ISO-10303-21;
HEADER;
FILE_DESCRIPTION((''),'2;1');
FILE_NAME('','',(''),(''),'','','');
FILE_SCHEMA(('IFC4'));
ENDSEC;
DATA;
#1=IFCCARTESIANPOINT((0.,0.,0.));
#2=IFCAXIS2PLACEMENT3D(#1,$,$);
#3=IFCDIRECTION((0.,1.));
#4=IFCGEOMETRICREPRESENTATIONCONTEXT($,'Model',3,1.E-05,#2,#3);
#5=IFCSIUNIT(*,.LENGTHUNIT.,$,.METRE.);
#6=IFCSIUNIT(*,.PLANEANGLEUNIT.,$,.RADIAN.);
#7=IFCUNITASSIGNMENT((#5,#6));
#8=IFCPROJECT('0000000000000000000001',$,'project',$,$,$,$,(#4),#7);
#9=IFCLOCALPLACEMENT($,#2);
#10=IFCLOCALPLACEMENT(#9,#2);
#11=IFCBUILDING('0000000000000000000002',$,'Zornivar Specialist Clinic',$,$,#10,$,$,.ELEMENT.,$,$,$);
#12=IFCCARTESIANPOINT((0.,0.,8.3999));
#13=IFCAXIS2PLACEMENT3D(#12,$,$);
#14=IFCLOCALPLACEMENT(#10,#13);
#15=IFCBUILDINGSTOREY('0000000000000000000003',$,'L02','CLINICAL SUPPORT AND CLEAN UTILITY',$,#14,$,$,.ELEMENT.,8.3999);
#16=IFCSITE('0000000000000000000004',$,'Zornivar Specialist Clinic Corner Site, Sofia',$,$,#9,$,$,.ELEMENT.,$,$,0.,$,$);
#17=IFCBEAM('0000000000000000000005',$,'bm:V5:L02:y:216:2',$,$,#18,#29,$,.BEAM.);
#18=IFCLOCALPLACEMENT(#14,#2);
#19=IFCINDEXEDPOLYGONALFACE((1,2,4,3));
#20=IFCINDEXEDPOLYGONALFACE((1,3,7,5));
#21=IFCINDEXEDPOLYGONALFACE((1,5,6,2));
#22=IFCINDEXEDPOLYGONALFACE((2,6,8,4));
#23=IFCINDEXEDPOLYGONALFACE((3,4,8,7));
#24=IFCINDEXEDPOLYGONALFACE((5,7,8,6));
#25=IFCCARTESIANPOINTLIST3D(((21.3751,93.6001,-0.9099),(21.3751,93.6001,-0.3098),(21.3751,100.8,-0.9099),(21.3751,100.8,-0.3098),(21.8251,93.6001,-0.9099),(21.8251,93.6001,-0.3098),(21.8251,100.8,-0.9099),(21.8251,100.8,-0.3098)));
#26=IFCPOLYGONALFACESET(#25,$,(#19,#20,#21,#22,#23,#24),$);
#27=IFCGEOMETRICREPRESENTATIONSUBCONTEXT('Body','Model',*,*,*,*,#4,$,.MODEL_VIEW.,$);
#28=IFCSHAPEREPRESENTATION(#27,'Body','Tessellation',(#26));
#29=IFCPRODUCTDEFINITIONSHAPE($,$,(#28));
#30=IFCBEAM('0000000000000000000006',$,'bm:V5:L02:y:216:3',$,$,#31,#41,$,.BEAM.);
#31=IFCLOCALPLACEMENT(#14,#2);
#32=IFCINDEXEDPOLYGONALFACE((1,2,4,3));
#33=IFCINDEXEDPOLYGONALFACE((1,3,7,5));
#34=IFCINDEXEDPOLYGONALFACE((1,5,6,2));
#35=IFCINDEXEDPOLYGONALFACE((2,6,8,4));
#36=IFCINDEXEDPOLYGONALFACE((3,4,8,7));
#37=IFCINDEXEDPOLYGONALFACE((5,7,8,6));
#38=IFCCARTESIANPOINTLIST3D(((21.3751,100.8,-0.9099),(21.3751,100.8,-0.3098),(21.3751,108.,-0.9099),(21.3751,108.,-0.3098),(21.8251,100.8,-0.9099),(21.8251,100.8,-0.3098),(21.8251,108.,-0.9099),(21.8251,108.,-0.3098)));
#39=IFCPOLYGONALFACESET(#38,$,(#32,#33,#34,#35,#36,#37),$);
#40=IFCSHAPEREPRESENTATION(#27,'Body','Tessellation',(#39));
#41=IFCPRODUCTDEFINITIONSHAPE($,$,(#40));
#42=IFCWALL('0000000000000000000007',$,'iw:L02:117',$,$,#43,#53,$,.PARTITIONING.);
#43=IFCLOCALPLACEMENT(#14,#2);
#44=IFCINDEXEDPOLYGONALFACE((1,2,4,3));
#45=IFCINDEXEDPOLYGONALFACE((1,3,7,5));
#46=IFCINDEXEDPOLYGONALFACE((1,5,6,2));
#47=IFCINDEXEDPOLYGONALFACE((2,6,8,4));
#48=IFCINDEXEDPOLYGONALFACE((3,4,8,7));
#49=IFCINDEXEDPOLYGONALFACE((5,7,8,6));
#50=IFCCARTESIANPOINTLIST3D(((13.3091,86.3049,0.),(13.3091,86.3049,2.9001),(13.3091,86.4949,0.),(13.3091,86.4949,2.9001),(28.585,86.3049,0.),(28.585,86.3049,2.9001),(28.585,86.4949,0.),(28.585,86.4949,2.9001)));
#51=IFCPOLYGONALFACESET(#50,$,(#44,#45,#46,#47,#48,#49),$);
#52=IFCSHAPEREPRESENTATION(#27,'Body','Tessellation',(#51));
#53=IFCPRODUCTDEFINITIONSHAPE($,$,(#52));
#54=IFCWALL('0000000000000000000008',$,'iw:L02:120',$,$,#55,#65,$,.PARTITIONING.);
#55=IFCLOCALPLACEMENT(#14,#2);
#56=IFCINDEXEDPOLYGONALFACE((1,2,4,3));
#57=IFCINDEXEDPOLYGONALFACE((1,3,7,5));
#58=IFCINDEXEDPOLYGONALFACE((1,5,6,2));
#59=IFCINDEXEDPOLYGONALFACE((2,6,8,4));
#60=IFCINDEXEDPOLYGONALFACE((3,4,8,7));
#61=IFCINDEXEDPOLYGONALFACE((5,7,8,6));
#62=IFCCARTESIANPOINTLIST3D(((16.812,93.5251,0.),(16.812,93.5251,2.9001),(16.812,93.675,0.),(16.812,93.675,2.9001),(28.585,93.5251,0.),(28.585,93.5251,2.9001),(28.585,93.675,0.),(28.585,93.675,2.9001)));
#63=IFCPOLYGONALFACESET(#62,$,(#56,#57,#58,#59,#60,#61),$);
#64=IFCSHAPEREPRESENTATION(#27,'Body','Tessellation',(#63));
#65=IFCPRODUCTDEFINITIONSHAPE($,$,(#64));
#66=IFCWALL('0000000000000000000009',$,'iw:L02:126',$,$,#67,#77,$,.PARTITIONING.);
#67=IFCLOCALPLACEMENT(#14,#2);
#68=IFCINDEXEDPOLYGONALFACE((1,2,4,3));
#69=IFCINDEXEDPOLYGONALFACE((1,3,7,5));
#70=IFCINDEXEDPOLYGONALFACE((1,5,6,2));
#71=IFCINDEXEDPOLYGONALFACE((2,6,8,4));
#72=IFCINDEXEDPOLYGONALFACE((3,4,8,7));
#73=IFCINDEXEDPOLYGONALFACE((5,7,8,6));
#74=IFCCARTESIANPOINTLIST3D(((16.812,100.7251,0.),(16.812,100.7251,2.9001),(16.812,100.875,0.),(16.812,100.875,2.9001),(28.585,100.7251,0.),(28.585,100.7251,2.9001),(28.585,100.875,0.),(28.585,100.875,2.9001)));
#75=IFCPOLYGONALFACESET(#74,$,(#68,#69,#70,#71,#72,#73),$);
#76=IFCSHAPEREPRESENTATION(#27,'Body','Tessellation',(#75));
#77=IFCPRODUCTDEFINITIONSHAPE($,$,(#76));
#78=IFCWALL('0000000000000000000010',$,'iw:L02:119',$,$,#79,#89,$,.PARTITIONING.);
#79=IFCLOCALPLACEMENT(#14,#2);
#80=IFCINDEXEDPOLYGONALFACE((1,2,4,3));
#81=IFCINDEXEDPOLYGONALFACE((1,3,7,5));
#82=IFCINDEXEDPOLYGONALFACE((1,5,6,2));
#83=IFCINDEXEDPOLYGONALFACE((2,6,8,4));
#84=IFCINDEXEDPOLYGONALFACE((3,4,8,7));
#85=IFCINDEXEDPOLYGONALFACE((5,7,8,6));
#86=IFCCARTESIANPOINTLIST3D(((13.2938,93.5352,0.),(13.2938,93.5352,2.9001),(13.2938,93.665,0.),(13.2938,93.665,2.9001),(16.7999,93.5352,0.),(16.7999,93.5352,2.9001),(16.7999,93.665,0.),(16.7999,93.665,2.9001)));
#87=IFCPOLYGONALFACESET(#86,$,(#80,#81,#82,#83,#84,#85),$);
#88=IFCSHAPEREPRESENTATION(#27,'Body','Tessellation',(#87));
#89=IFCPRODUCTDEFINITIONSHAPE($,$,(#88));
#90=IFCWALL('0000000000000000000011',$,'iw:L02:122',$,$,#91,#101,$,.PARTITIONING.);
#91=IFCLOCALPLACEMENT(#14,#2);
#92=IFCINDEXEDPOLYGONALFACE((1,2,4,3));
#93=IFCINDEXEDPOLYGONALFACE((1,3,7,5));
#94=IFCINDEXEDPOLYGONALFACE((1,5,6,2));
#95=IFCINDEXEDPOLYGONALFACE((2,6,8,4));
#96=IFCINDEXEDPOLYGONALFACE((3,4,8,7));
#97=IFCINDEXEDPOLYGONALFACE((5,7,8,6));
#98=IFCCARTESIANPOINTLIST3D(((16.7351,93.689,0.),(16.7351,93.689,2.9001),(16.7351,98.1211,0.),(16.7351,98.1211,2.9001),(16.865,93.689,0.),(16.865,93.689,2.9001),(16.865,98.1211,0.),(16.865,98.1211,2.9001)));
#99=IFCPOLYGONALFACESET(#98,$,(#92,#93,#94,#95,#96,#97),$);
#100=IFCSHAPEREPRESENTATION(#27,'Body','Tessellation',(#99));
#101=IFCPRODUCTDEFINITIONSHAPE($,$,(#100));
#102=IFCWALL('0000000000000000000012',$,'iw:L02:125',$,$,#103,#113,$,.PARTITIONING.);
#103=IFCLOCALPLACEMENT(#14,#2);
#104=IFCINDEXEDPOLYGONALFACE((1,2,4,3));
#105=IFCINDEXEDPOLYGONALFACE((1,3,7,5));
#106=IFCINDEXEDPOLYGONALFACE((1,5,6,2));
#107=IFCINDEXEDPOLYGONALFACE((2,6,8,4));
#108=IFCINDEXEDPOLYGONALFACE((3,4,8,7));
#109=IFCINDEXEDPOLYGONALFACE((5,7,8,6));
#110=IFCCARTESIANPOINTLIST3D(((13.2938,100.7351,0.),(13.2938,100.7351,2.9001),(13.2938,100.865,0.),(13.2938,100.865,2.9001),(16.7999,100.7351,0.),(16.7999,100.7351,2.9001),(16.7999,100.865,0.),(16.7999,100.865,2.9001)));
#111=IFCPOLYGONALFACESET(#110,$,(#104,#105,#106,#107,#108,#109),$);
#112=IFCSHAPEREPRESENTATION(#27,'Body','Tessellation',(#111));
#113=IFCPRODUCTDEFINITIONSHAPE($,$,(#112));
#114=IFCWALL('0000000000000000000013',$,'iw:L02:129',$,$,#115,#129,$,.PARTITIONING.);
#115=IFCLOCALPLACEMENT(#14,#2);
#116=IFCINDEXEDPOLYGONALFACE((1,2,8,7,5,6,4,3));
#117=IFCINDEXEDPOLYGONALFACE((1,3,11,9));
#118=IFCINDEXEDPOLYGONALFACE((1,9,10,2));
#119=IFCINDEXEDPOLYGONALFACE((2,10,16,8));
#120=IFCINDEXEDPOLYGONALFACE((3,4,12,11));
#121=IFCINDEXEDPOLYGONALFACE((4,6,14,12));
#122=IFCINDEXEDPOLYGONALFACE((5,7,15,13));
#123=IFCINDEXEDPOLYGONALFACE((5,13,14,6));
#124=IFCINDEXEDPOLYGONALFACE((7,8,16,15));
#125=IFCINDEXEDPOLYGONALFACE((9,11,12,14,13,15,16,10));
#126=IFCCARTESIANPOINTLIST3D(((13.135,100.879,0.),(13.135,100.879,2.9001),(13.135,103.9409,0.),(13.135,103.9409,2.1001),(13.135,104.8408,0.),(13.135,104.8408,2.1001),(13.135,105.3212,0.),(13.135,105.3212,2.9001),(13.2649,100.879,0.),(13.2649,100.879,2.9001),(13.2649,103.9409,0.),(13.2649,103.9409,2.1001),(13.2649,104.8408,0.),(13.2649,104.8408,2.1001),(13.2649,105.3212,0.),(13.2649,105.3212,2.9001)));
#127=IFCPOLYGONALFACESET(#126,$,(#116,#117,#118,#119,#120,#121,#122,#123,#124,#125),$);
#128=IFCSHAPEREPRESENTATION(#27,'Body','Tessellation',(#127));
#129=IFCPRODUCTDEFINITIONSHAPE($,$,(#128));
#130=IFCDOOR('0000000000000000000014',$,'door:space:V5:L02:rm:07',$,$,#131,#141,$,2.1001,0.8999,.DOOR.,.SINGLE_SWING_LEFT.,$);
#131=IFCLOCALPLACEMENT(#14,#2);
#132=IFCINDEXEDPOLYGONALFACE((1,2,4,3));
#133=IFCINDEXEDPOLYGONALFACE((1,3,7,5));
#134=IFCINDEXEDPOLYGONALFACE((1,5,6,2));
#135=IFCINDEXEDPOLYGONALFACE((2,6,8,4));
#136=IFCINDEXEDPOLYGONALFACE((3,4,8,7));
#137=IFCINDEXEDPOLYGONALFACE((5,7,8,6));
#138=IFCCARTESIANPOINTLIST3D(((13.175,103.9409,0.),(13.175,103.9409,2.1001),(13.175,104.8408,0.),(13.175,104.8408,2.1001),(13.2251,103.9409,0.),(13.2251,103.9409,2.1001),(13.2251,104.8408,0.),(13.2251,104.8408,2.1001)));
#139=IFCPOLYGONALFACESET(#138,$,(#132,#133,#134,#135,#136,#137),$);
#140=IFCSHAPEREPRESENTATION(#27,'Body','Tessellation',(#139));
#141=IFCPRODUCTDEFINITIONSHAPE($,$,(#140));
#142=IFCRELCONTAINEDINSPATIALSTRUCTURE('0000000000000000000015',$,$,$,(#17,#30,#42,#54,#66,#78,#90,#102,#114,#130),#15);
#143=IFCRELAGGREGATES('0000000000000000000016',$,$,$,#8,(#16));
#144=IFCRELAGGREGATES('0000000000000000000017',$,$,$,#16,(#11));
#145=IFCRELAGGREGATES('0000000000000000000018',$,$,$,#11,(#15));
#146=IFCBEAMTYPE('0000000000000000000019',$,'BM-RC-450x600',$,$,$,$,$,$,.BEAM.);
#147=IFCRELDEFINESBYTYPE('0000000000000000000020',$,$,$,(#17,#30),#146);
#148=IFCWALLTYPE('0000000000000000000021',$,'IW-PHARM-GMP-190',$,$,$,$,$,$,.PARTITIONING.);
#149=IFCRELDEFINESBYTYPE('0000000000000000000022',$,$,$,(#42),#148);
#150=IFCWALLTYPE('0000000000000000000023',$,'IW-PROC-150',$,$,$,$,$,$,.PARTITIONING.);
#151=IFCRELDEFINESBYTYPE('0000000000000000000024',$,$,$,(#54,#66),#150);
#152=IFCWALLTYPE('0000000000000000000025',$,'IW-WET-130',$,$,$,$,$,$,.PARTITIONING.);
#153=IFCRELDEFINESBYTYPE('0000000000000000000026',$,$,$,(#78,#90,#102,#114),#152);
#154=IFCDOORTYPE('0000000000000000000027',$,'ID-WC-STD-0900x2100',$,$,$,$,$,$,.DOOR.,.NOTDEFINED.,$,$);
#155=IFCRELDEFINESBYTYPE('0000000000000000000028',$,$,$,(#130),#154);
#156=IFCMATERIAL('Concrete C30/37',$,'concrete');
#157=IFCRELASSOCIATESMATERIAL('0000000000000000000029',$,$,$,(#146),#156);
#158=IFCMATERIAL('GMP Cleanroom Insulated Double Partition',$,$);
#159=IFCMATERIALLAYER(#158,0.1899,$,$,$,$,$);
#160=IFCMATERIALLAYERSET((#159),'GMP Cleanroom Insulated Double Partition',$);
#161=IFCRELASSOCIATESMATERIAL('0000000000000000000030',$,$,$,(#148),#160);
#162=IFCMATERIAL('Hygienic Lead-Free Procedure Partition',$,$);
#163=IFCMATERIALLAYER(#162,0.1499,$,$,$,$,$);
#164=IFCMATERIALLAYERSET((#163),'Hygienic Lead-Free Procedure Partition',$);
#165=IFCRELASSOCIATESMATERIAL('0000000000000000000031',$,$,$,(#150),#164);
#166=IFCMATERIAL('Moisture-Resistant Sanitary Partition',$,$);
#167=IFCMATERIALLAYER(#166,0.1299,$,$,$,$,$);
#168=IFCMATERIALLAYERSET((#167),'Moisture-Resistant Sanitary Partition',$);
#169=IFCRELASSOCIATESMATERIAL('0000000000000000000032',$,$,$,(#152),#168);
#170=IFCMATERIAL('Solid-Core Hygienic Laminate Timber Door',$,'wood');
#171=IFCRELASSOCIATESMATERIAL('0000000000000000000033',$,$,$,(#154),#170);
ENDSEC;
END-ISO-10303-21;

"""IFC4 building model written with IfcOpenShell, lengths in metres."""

from ifc_helpers import new_model, si_unit, direction, frame, frame_2d, origin, origin_2d, place, context, subcontext, project, spatial, rectangle, extrude, material, layer, layer_set, material_profile, profile_set, type_object, element, fill, save


model = new_model("IFC4")

# Units and contexts
model_context = context("Model", 3, precision=1e-05, world=origin(), true_north=direction((0.0, 1.0)))
body_context = subcontext(model_context, "Body", "Model", "MODEL_VIEW")
ifc_project = project(units=[si_unit("LENGTHUNIT", "METRE"), si_unit("PLANEANGLEUNIT", "RADIAN")], contexts=[model_context])

# Site, building, storey
site_placement = place(None, origin())
site = spatial("IfcSite", under=ifc_project, at=site_placement, Name="Zornivar Specialist Clinic Corner Site, Sofia", CompositionType="ELEMENT", RefElevation=0.0)
building_placement = place(site_placement, origin())
building = spatial("IfcBuilding", under=site, at=building_placement, Name="Zornivar Specialist Clinic", CompositionType="ELEMENT")
storey_placement = place(building_placement, frame((0.0, 0.0, 8.3999)))
storey = spatial("IfcBuildingStorey", under=building, at=storey_placement, Name="L02", Description="CLINICAL SUPPORT AND CLEAN UTILITY", CompositionType="ELEMENT", Elevation=8.3999)

# Beams
ifc_material_1 = material(Name="Concrete C30/37", Category="concrete")
ifc_material_profile_1 = material_profile(ifc_material_1, rectangle(XDim=0.45, YDim=0.6001, at=origin_2d()), Name="RC 450x600")
ifc_profile_set_1 = profile_set([ifc_material_profile_1], Name="Concrete C30/37")
beam_type_1 = type_object("IfcBeamType", Name="BM-RC-450x600", PredefinedType="BEAM", material=ifc_profile_set_1)
for number, where, z_axis, x_axis, name in (
    (1, (21.6001, 93.6001, -0.6099), (0.0, 1.0, 0.0), (-1.0, 0.0, 0.0), "bm:V5:L02:y:216:2"),
    (2, (21.6001, 100.8, -0.6099), (0.0, 1.0, 0.0), (-1.0, 0.0, 0.0), "bm:V5:L02:y:216:3"),
):
    element("IfcBeam", number, at=place(storey_placement, frame(where, z_axis=z_axis, x_axis=x_axis)), inside=storey, type_object=beam_type_1, Name=name, PredefinedType="BEAM", context=body_context, shape_type="SweptSolid", body=[
        extrude(rectangle(XDim=0.45, YDim=0.6001, at=origin_2d()), origin(), (0.0, 0.0, 1.0), 7.2),
    ])

# Walls
ifc_material_2 = material(Name="GMP Cleanroom Insulated Double Partition")
ifc_layer_1 = layer(ifc_material_2, 0.1899)
ifc_layer_set_1 = layer_set([ifc_layer_1], Name="GMP Cleanroom Insulated Double Partition")
wall_type_1 = type_object("IfcWallType", Name="IW-PHARM-GMP-190", PredefinedType="PARTITIONING", material=ifc_layer_set_1)
wall_1_placement = place(storey_placement, frame((13.3091, 86.3999, 0.0), z_axis=(0.0, 0.0, 1.0), x_axis=(1.0, 0.0, 0.0)))
element("IfcWall", 3, at=wall_1_placement, inside=storey, type_object=wall_type_1, Name="iw:L02:117", PredefinedType="PARTITIONING", context=body_context, shape_type="SweptSolid", body=[
    extrude(rectangle(XDim=15.2759, YDim=0.1899, at=frame_2d((7.6379, 0.0))), origin(), (0.0, 0.0, 1.0), 2.9001),
])
ifc_material_3 = material(Name="Hygienic Lead-Free Procedure Partition")
ifc_layer_2 = layer(ifc_material_3, 0.1499)
ifc_layer_set_2 = layer_set([ifc_layer_2], Name="Hygienic Lead-Free Procedure Partition")
wall_type_2 = type_object("IfcWallType", Name="IW-PROC-150", PredefinedType="PARTITIONING", material=ifc_layer_set_2)
for number, where, z_axis, x_axis, name in (
    (4, (16.812, 93.6001, 0.0), (0.0, 0.0, 1.0), (1.0, 0.0, 0.0), "iw:L02:120"),
    (5, (16.812, 100.8, 0.0), (0.0, 0.0, 1.0), (1.0, 0.0, 0.0), "iw:L02:126"),
):
    element("IfcWall", number, at=place(storey_placement, frame(where, z_axis=z_axis, x_axis=x_axis)), inside=storey, type_object=wall_type_2, Name=name, PredefinedType="PARTITIONING", context=body_context, shape_type="SweptSolid", body=[
        extrude(rectangle(XDim=11.7729, YDim=0.1499, at=frame_2d((5.8865, 0.0))), origin(), (0.0, 0.0, 1.0), 2.9001),
    ])
ifc_material_4 = material(Name="Moisture-Resistant Sanitary Partition")
ifc_layer_3 = layer(ifc_material_4, 0.1299)
ifc_layer_set_3 = layer_set([ifc_layer_3], Name="Moisture-Resistant Sanitary Partition")
wall_type_3 = type_object("IfcWallType", Name="IW-WET-130", PredefinedType="PARTITIONING", material=ifc_layer_set_3)
wall_2_placement = place(storey_placement, frame((13.2939, 93.6001, 0.0), z_axis=(0.0, 0.0, 1.0), x_axis=(1.0, 0.0, 0.0)))
element("IfcWall", 6, at=wall_2_placement, inside=storey, type_object=wall_type_3, Name="iw:L02:119", PredefinedType="PARTITIONING", context=body_context, shape_type="SweptSolid", body=[
    extrude(rectangle(XDim=3.5061, YDim=0.1299, at=frame_2d((1.7529, 0.0))), origin(), (0.0, 0.0, 1.0), 2.9001),
])
wall_3_placement = place(storey_placement, frame((16.8, 98.1211, 0.0), z_axis=(0.0, 0.0, 1.0), x_axis=(0.0, -1.0, 0.0)))
element("IfcWall", 7, at=wall_3_placement, inside=storey, type_object=wall_type_3, Name="iw:L02:122", PredefinedType="PARTITIONING", context=body_context, shape_type="SweptSolid", body=[
    extrude(rectangle(XDim=4.4321, YDim=0.1299, at=frame_2d((2.2161, 0.0))), origin(), (0.0, 0.0, 1.0), 2.9001),
])
wall_4_placement = place(storey_placement, frame((13.2939, 100.8, 0.0), z_axis=(0.0, 0.0, 1.0), x_axis=(1.0, 0.0, 0.0)))
element("IfcWall", 8, at=wall_4_placement, inside=storey, type_object=wall_type_3, Name="iw:L02:125", PredefinedType="PARTITIONING", context=body_context, shape_type="SweptSolid", body=[
    extrude(rectangle(XDim=3.5061, YDim=0.1299, at=frame_2d((1.7529, 0.0))), origin(), (0.0, 0.0, 1.0), 2.9001),
])

# Wall, opening, door
wall_5_placement = place(storey_placement, frame((13.2, 100.8789, 0.0), z_axis=(0.0, 0.0, 1.0), x_axis=(0.0, 1.0, 0.0)))
wall_5 = element("IfcWall", 9, at=wall_5_placement, inside=storey, type_object=wall_type_3, Name="iw:L02:129", PredefinedType="PARTITIONING", context=body_context, shape_type="SweptSolid", body=[
    extrude(rectangle(XDim=4.4421, YDim=0.1299, at=frame_2d((2.2212, 0.0))), origin(), (0.0, 0.0, 1.0), 2.9001),
])
opening_1_placement = place(wall_5_placement, frame((3.062, 0.0, 0.0)))
opening_1 = element("IfcOpeningElement", 10, at=opening_1_placement, cuts=wall_5, PredefinedType="OPENING", context=body_context, shape_type="SweptSolid", body=[
    extrude(rectangle(XDim=0.8999, YDim=2.1001, at=frame_2d((0.45, 1.05))), frame((0.0, 0.075, 0.0), z_axis=(0.0, -1.0, 0.0), x_axis=(1.0, 0.0, 0.0)), (0.0, 0.0, 1.0), 0.1499),
])
ifc_material_5 = material(Name="Solid-Core Hygienic Laminate Timber Door", Category="wood")
door_type_1 = type_object("IfcDoorType", Name="ID-WC-STD-0900x2100", OperationType="NOTDEFINED", PredefinedType="DOOR", material=ifc_material_5)
door_1_placement = place(opening_1_placement, origin())
door_1 = element("IfcDoor", 11, at=door_1_placement, inside=storey, type_object=door_type_1, Name="door:space:V5:L02:rm:07", OperationType="SINGLE_SWING_LEFT", OverallHeight=2.1001, OverallWidth=0.8999, PredefinedType="DOOR", context=body_context, shape_type="SweptSolid", body=[
    extrude(rectangle(XDim=0.8999, YDim=2.1001, at=frame_2d((0.45, 1.05))), frame((0.0, 0.0249, 0.0), z_axis=(0.0, -1.0, 0.0), x_axis=(1.0, 0.0, 0.0)), (0.0, 0.0, 1.0), 0.05),
])
fill(opening_1, door_1)

save(model, "model.ifc")
